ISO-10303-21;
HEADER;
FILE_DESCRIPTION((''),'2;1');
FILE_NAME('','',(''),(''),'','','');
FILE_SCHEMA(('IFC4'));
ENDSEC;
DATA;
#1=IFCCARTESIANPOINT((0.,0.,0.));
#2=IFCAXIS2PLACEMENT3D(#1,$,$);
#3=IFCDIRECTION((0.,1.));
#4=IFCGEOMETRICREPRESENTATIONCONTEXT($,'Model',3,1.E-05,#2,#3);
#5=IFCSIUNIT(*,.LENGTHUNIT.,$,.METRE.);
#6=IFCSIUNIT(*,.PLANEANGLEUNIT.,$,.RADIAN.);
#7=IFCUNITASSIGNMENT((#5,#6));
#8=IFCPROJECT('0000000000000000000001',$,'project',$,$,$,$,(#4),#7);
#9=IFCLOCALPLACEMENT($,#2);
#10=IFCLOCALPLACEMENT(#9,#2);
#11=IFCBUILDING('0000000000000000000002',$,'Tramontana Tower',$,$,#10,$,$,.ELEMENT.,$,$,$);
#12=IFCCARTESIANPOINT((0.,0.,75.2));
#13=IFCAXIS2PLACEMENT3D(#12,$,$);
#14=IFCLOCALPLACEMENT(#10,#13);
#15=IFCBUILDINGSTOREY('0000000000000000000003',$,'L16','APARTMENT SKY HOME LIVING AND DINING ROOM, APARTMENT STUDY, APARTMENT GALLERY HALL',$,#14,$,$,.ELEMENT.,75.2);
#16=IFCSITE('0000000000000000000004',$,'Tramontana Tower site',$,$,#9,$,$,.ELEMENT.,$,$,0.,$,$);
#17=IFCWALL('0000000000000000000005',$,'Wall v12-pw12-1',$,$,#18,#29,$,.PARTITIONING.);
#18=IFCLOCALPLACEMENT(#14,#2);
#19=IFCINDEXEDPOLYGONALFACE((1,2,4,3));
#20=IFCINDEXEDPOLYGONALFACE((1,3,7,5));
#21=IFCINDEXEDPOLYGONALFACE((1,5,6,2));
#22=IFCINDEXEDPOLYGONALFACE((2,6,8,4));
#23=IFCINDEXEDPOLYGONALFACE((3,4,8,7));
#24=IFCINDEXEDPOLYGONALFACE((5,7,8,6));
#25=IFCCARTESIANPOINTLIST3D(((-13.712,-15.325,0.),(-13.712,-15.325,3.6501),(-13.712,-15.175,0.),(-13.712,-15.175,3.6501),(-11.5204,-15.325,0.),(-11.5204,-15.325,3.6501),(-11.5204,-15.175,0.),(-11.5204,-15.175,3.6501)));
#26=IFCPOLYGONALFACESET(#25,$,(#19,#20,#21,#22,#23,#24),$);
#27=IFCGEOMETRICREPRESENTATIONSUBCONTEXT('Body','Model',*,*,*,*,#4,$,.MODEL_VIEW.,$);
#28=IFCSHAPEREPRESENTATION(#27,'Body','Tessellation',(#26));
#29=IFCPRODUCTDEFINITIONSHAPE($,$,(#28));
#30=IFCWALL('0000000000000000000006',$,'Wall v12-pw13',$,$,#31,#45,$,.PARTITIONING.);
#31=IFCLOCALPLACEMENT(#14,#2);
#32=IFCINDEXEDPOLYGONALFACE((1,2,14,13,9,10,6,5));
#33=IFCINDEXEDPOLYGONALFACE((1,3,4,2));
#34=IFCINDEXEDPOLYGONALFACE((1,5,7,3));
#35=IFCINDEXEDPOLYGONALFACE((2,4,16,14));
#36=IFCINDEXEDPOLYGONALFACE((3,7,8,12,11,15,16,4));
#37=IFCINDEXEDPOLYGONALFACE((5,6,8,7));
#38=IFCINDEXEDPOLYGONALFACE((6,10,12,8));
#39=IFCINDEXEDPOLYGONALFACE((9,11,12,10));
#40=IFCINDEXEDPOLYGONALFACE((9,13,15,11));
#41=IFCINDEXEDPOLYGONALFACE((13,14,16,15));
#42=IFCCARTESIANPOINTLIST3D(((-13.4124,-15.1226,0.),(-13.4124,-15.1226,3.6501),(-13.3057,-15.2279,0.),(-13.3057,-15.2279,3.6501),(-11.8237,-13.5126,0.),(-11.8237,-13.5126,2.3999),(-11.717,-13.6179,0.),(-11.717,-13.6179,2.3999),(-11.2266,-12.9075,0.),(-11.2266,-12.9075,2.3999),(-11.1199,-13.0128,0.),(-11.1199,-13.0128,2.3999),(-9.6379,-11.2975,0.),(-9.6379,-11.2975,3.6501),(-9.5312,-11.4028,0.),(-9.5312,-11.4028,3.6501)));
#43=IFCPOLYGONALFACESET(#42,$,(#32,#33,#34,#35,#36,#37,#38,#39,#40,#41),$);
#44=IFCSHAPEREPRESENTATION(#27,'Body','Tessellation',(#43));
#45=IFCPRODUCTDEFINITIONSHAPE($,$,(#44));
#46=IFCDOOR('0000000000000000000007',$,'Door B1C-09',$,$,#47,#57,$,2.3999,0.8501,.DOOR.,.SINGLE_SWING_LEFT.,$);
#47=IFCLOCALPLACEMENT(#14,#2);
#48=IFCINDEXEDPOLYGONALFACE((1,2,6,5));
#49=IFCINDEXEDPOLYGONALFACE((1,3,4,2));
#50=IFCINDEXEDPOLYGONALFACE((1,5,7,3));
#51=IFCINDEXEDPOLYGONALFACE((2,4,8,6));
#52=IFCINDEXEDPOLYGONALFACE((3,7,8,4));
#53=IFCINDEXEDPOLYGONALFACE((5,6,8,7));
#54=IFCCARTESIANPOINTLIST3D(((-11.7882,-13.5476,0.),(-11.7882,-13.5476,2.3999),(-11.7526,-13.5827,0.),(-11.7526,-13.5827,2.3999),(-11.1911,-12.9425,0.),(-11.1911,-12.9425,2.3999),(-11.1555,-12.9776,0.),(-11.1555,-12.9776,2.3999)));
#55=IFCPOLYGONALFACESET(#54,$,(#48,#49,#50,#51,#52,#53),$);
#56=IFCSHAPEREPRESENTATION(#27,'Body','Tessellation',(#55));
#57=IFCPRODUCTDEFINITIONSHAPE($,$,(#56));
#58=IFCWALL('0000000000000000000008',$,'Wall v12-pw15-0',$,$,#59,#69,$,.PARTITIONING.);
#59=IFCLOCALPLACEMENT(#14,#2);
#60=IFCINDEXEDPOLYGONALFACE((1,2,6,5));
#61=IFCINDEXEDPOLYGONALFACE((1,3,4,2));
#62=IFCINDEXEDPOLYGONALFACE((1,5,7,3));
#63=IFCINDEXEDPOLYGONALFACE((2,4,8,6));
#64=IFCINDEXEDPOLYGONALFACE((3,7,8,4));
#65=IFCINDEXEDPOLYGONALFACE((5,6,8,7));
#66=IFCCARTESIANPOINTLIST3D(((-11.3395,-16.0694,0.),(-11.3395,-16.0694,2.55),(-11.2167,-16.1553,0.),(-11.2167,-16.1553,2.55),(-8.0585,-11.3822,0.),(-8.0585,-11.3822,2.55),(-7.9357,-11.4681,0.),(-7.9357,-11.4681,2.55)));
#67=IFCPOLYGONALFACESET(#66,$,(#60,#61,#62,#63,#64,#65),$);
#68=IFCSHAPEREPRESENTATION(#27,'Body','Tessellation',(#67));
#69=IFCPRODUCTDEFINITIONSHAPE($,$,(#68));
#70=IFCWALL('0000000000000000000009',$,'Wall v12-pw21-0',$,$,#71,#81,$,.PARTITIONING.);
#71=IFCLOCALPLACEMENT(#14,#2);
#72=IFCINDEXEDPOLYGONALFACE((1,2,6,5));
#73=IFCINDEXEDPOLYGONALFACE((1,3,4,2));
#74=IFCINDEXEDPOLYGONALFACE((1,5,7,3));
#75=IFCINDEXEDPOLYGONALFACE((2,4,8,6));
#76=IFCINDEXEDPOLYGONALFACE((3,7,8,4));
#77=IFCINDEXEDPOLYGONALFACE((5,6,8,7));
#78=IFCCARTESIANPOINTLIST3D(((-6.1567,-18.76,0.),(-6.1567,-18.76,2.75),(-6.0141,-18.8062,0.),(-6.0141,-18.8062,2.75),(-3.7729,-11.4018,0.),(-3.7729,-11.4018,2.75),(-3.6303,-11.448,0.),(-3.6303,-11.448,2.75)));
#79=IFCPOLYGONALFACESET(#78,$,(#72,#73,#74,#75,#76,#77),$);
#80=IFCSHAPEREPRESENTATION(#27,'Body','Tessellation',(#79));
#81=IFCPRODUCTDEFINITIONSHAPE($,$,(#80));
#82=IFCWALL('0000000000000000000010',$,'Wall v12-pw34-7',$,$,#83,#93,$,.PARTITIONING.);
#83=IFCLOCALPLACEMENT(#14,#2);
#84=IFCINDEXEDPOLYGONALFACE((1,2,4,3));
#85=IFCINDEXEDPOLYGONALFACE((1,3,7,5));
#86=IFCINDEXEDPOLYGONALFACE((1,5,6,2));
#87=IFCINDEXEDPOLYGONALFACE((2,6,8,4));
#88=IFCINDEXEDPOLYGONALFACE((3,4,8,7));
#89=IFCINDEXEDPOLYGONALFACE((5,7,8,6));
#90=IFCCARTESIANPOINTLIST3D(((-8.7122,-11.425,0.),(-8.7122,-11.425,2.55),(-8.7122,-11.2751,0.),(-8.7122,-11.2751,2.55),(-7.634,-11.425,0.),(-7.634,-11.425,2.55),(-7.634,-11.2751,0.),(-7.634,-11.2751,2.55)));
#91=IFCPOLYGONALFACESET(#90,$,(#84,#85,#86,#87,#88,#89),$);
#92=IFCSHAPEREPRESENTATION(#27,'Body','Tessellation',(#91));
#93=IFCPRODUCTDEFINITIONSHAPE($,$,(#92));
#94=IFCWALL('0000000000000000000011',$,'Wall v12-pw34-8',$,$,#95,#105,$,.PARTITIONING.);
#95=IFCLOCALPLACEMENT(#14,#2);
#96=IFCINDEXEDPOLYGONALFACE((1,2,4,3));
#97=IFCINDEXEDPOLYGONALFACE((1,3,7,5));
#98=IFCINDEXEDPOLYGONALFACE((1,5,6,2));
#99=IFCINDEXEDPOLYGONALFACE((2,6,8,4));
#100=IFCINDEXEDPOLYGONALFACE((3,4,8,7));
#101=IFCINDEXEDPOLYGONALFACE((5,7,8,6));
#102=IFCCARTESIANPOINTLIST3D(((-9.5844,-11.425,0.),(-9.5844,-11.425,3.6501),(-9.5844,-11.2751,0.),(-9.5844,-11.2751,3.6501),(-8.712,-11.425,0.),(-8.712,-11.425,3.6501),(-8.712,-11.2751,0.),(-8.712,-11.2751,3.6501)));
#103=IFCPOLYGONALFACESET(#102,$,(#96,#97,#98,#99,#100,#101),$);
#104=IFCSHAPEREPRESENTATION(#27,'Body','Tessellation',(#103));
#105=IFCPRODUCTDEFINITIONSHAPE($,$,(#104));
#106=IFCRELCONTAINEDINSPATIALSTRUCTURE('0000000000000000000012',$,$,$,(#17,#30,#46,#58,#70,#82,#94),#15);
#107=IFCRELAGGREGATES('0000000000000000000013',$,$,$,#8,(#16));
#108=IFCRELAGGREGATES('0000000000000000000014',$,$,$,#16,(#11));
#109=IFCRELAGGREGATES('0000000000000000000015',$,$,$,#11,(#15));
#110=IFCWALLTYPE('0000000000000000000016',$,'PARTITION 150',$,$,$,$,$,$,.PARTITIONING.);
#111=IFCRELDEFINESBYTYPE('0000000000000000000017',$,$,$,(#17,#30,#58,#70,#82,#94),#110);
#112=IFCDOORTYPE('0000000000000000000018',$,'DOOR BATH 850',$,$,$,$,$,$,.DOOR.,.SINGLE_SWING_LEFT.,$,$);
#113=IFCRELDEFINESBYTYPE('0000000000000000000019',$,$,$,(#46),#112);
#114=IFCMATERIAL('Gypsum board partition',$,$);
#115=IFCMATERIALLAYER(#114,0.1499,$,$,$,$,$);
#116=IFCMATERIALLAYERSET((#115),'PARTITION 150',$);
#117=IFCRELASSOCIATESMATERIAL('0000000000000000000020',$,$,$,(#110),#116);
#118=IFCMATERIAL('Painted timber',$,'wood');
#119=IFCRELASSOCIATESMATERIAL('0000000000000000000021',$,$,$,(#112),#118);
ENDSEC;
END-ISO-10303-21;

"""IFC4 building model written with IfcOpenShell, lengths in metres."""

from ifc_helpers import new_model, si_unit, direction, frame, frame_2d, origin, place, context, subcontext, project, spatial, rectangle, extrude, material, layer, layer_set, type_object, element, fill, save


model = new_model("IFC4")

# Units and contexts
model_context = context("Model", 3, precision=1e-05, world=origin(), true_north=direction((0.0, 1.0)))
body_context = subcontext(model_context, "Body", "Model", "MODEL_VIEW")
ifc_project = project(units=[si_unit("LENGTHUNIT", "METRE"), si_unit("PLANEANGLEUNIT", "RADIAN")], contexts=[model_context])

# Site, building, storey
site_placement = place(None, origin())
site = spatial("IfcSite", under=ifc_project, at=site_placement, Name="Tramontana Tower site", CompositionType="ELEMENT", RefElevation=0.0)
building_placement = place(site_placement, origin())
building = spatial("IfcBuilding", under=site, at=building_placement, Name="Tramontana Tower", CompositionType="ELEMENT")
storey_placement = place(building_placement, frame((0.0, 0.0, 75.2)))
storey = spatial("IfcBuildingStorey", under=building, at=storey_placement, Name="L16", Description="APARTMENT SKY HOME LIVING AND DINING ROOM, APARTMENT STUDY, APARTMENT GALLERY HALL", CompositionType="ELEMENT", Elevation=75.2)

# Wall
ifc_material_1 = material(Name="Gypsum board partition")
ifc_layer_1 = layer(ifc_material_1, 0.1499)
ifc_layer_set_1 = layer_set([ifc_layer_1], Name="PARTITION 150")
wall_type_1 = type_object("IfcWallType", Name="PARTITION 150", PredefinedType="PARTITIONING", material=ifc_layer_set_1)
wall_1_placement = place(storey_placement, frame((-11.5205, -15.25, 0.0), z_axis=(0.0, 0.0, 1.0), x_axis=(-1.0, 0.0, 0.0)))
element("IfcWall", 1, at=wall_1_placement, inside=storey, type_object=wall_type_1, Name="Wall v12-pw12-1", PredefinedType="PARTITIONING", context=body_context, shape_type="SweptSolid", body=[
    extrude(rectangle(XDim=2.1917, YDim=0.1499, at=frame_2d((1.0957, 0.0))), origin(), (0.0, 0.0, 1.0), 3.6501),
])

# Wall, opening, door
wall_2_placement = place(storey_placement, frame((-9.5845, -11.3501, 0.0), z_axis=(0.0, 0.0, 1.0), x_axis=(-0.702389, -0.711793, 0.0)))
wall_2 = element("IfcWall", 2, at=wall_2_placement, inside=storey, type_object=wall_type_1, Name="Wall v12-pw13", PredefinedType="PARTITIONING", context=body_context, shape_type="SweptSolid", body=[
    extrude(rectangle(XDim=5.3738, YDim=0.1499, at=frame_2d((2.687, 0.0))), origin(), (0.0, 0.0, 1.0), 3.6501),
])
opening_1_placement = place(wall_2_placement, frame((2.262, 0.0, 0.0)))
opening_1 = element("IfcOpeningElement", 3, at=opening_1_placement, cuts=wall_2, PredefinedType="OPENING", context=body_context, shape_type="SweptSolid", body=[
    extrude(rectangle(XDim=0.8501, YDim=2.3999, at=frame_2d((0.425, 1.2))), frame((0.0, 0.085, 0.0), z_axis=(0.0, -1.0, 0.0), x_axis=(1.0, 0.0, 0.0)), (0.0, 0.0, 1.0), 0.1699),
])
ifc_material_2 = material(Name="Painted timber", Category="wood")
door_type_1 = type_object("IfcDoorType", Name="DOOR BATH 850", OperationType="SINGLE_SWING_LEFT", PredefinedType="DOOR", material=ifc_material_2)
door_1_placement = place(opening_1_placement, origin())
door_1 = element("IfcDoor", 4, at=door_1_placement, inside=storey, type_object=door_type_1, Name="Door B1C-09", OperationType="SINGLE_SWING_LEFT", OverallHeight=2.3999, OverallWidth=0.8501, PredefinedType="DOOR", context=body_context, shape_type="SweptSolid", body=[
    extrude(rectangle(XDim=0.8501, YDim=2.3999, at=frame_2d((0.425, 1.2))), frame((0.0, 0.0249, 0.0), z_axis=(0.0, -1.0, 0.0), x_axis=(1.0, 0.0, 0.0)), (0.0, 0.0, 1.0), 0.05),
])
fill(opening_1, door_1)

# Walls
wall_3_placement = place(storey_placement, frame((-7.9971, -11.425, 0.0), z_axis=(0.0, 0.0, 1.0), x_axis=(-0.573454, -0.819238, 0.0)))
element("IfcWall", 5, at=wall_3_placement, inside=storey, type_object=wall_type_1, Name="Wall v12-pw15-0", PredefinedType="PARTITIONING", context=body_context, shape_type="SweptSolid", body=[
    extrude(rectangle(XDim=5.7214, YDim=0.1499, at=frame_2d((2.8608, 0.0))), origin(), (0.0, 0.0, 1.0), 2.55),
])
wall_4_placement = place(storey_placement, frame((-3.7017, -11.425, 0.0), z_axis=(0.0, 0.0, 1.0), x_axis=(-0.308196, -0.951323, 0.0)))
element("IfcWall", 6, at=wall_4_placement, inside=storey, type_object=wall_type_1, Name="Wall v12-pw21-0", PredefinedType="PARTITIONING", context=body_context, shape_type="SweptSolid", body=[
    extrude(rectangle(XDim=7.7346, YDim=0.1499, at=frame_2d((3.8672, 0.0))), origin(), (0.0, 0.0, 1.0), 2.75),
])

# Walls
wall_5_placement = place(storey_placement, frame((-7.634, -11.3501, 0.0), z_axis=(0.0, 0.0, 1.0), x_axis=(-1.0, 0.0, 0.0)))
element("IfcWall", 7, at=wall_5_placement, inside=storey, type_object=wall_type_1, Name="Wall v12-pw34-7", PredefinedType="PARTITIONING", context=body_context, shape_type="SweptSolid", body=[
    extrude(rectangle(XDim=1.0781, YDim=0.1499, at=frame_2d((0.5391, 0.0))), origin(), (0.0, 0.0, 1.0), 2.55),
])
wall_6_placement = place(storey_placement, frame((-8.7122, -11.3501, 0.0), z_axis=(0.0, 0.0, 1.0), x_axis=(-1.0, 0.0, 0.0)))
element("IfcWall", 8, at=wall_6_placement, inside=storey, type_object=wall_type_1, Name="Wall v12-pw34-8", PredefinedType="PARTITIONING", context=body_context, shape_type="SweptSolid", body=[
    extrude(rectangle(XDim=0.8723, YDim=0.1499, at=frame_2d((0.436, 0.0))), origin(), (0.0, 0.0, 1.0), 3.6501),
])

save(model, "model.ifc")
